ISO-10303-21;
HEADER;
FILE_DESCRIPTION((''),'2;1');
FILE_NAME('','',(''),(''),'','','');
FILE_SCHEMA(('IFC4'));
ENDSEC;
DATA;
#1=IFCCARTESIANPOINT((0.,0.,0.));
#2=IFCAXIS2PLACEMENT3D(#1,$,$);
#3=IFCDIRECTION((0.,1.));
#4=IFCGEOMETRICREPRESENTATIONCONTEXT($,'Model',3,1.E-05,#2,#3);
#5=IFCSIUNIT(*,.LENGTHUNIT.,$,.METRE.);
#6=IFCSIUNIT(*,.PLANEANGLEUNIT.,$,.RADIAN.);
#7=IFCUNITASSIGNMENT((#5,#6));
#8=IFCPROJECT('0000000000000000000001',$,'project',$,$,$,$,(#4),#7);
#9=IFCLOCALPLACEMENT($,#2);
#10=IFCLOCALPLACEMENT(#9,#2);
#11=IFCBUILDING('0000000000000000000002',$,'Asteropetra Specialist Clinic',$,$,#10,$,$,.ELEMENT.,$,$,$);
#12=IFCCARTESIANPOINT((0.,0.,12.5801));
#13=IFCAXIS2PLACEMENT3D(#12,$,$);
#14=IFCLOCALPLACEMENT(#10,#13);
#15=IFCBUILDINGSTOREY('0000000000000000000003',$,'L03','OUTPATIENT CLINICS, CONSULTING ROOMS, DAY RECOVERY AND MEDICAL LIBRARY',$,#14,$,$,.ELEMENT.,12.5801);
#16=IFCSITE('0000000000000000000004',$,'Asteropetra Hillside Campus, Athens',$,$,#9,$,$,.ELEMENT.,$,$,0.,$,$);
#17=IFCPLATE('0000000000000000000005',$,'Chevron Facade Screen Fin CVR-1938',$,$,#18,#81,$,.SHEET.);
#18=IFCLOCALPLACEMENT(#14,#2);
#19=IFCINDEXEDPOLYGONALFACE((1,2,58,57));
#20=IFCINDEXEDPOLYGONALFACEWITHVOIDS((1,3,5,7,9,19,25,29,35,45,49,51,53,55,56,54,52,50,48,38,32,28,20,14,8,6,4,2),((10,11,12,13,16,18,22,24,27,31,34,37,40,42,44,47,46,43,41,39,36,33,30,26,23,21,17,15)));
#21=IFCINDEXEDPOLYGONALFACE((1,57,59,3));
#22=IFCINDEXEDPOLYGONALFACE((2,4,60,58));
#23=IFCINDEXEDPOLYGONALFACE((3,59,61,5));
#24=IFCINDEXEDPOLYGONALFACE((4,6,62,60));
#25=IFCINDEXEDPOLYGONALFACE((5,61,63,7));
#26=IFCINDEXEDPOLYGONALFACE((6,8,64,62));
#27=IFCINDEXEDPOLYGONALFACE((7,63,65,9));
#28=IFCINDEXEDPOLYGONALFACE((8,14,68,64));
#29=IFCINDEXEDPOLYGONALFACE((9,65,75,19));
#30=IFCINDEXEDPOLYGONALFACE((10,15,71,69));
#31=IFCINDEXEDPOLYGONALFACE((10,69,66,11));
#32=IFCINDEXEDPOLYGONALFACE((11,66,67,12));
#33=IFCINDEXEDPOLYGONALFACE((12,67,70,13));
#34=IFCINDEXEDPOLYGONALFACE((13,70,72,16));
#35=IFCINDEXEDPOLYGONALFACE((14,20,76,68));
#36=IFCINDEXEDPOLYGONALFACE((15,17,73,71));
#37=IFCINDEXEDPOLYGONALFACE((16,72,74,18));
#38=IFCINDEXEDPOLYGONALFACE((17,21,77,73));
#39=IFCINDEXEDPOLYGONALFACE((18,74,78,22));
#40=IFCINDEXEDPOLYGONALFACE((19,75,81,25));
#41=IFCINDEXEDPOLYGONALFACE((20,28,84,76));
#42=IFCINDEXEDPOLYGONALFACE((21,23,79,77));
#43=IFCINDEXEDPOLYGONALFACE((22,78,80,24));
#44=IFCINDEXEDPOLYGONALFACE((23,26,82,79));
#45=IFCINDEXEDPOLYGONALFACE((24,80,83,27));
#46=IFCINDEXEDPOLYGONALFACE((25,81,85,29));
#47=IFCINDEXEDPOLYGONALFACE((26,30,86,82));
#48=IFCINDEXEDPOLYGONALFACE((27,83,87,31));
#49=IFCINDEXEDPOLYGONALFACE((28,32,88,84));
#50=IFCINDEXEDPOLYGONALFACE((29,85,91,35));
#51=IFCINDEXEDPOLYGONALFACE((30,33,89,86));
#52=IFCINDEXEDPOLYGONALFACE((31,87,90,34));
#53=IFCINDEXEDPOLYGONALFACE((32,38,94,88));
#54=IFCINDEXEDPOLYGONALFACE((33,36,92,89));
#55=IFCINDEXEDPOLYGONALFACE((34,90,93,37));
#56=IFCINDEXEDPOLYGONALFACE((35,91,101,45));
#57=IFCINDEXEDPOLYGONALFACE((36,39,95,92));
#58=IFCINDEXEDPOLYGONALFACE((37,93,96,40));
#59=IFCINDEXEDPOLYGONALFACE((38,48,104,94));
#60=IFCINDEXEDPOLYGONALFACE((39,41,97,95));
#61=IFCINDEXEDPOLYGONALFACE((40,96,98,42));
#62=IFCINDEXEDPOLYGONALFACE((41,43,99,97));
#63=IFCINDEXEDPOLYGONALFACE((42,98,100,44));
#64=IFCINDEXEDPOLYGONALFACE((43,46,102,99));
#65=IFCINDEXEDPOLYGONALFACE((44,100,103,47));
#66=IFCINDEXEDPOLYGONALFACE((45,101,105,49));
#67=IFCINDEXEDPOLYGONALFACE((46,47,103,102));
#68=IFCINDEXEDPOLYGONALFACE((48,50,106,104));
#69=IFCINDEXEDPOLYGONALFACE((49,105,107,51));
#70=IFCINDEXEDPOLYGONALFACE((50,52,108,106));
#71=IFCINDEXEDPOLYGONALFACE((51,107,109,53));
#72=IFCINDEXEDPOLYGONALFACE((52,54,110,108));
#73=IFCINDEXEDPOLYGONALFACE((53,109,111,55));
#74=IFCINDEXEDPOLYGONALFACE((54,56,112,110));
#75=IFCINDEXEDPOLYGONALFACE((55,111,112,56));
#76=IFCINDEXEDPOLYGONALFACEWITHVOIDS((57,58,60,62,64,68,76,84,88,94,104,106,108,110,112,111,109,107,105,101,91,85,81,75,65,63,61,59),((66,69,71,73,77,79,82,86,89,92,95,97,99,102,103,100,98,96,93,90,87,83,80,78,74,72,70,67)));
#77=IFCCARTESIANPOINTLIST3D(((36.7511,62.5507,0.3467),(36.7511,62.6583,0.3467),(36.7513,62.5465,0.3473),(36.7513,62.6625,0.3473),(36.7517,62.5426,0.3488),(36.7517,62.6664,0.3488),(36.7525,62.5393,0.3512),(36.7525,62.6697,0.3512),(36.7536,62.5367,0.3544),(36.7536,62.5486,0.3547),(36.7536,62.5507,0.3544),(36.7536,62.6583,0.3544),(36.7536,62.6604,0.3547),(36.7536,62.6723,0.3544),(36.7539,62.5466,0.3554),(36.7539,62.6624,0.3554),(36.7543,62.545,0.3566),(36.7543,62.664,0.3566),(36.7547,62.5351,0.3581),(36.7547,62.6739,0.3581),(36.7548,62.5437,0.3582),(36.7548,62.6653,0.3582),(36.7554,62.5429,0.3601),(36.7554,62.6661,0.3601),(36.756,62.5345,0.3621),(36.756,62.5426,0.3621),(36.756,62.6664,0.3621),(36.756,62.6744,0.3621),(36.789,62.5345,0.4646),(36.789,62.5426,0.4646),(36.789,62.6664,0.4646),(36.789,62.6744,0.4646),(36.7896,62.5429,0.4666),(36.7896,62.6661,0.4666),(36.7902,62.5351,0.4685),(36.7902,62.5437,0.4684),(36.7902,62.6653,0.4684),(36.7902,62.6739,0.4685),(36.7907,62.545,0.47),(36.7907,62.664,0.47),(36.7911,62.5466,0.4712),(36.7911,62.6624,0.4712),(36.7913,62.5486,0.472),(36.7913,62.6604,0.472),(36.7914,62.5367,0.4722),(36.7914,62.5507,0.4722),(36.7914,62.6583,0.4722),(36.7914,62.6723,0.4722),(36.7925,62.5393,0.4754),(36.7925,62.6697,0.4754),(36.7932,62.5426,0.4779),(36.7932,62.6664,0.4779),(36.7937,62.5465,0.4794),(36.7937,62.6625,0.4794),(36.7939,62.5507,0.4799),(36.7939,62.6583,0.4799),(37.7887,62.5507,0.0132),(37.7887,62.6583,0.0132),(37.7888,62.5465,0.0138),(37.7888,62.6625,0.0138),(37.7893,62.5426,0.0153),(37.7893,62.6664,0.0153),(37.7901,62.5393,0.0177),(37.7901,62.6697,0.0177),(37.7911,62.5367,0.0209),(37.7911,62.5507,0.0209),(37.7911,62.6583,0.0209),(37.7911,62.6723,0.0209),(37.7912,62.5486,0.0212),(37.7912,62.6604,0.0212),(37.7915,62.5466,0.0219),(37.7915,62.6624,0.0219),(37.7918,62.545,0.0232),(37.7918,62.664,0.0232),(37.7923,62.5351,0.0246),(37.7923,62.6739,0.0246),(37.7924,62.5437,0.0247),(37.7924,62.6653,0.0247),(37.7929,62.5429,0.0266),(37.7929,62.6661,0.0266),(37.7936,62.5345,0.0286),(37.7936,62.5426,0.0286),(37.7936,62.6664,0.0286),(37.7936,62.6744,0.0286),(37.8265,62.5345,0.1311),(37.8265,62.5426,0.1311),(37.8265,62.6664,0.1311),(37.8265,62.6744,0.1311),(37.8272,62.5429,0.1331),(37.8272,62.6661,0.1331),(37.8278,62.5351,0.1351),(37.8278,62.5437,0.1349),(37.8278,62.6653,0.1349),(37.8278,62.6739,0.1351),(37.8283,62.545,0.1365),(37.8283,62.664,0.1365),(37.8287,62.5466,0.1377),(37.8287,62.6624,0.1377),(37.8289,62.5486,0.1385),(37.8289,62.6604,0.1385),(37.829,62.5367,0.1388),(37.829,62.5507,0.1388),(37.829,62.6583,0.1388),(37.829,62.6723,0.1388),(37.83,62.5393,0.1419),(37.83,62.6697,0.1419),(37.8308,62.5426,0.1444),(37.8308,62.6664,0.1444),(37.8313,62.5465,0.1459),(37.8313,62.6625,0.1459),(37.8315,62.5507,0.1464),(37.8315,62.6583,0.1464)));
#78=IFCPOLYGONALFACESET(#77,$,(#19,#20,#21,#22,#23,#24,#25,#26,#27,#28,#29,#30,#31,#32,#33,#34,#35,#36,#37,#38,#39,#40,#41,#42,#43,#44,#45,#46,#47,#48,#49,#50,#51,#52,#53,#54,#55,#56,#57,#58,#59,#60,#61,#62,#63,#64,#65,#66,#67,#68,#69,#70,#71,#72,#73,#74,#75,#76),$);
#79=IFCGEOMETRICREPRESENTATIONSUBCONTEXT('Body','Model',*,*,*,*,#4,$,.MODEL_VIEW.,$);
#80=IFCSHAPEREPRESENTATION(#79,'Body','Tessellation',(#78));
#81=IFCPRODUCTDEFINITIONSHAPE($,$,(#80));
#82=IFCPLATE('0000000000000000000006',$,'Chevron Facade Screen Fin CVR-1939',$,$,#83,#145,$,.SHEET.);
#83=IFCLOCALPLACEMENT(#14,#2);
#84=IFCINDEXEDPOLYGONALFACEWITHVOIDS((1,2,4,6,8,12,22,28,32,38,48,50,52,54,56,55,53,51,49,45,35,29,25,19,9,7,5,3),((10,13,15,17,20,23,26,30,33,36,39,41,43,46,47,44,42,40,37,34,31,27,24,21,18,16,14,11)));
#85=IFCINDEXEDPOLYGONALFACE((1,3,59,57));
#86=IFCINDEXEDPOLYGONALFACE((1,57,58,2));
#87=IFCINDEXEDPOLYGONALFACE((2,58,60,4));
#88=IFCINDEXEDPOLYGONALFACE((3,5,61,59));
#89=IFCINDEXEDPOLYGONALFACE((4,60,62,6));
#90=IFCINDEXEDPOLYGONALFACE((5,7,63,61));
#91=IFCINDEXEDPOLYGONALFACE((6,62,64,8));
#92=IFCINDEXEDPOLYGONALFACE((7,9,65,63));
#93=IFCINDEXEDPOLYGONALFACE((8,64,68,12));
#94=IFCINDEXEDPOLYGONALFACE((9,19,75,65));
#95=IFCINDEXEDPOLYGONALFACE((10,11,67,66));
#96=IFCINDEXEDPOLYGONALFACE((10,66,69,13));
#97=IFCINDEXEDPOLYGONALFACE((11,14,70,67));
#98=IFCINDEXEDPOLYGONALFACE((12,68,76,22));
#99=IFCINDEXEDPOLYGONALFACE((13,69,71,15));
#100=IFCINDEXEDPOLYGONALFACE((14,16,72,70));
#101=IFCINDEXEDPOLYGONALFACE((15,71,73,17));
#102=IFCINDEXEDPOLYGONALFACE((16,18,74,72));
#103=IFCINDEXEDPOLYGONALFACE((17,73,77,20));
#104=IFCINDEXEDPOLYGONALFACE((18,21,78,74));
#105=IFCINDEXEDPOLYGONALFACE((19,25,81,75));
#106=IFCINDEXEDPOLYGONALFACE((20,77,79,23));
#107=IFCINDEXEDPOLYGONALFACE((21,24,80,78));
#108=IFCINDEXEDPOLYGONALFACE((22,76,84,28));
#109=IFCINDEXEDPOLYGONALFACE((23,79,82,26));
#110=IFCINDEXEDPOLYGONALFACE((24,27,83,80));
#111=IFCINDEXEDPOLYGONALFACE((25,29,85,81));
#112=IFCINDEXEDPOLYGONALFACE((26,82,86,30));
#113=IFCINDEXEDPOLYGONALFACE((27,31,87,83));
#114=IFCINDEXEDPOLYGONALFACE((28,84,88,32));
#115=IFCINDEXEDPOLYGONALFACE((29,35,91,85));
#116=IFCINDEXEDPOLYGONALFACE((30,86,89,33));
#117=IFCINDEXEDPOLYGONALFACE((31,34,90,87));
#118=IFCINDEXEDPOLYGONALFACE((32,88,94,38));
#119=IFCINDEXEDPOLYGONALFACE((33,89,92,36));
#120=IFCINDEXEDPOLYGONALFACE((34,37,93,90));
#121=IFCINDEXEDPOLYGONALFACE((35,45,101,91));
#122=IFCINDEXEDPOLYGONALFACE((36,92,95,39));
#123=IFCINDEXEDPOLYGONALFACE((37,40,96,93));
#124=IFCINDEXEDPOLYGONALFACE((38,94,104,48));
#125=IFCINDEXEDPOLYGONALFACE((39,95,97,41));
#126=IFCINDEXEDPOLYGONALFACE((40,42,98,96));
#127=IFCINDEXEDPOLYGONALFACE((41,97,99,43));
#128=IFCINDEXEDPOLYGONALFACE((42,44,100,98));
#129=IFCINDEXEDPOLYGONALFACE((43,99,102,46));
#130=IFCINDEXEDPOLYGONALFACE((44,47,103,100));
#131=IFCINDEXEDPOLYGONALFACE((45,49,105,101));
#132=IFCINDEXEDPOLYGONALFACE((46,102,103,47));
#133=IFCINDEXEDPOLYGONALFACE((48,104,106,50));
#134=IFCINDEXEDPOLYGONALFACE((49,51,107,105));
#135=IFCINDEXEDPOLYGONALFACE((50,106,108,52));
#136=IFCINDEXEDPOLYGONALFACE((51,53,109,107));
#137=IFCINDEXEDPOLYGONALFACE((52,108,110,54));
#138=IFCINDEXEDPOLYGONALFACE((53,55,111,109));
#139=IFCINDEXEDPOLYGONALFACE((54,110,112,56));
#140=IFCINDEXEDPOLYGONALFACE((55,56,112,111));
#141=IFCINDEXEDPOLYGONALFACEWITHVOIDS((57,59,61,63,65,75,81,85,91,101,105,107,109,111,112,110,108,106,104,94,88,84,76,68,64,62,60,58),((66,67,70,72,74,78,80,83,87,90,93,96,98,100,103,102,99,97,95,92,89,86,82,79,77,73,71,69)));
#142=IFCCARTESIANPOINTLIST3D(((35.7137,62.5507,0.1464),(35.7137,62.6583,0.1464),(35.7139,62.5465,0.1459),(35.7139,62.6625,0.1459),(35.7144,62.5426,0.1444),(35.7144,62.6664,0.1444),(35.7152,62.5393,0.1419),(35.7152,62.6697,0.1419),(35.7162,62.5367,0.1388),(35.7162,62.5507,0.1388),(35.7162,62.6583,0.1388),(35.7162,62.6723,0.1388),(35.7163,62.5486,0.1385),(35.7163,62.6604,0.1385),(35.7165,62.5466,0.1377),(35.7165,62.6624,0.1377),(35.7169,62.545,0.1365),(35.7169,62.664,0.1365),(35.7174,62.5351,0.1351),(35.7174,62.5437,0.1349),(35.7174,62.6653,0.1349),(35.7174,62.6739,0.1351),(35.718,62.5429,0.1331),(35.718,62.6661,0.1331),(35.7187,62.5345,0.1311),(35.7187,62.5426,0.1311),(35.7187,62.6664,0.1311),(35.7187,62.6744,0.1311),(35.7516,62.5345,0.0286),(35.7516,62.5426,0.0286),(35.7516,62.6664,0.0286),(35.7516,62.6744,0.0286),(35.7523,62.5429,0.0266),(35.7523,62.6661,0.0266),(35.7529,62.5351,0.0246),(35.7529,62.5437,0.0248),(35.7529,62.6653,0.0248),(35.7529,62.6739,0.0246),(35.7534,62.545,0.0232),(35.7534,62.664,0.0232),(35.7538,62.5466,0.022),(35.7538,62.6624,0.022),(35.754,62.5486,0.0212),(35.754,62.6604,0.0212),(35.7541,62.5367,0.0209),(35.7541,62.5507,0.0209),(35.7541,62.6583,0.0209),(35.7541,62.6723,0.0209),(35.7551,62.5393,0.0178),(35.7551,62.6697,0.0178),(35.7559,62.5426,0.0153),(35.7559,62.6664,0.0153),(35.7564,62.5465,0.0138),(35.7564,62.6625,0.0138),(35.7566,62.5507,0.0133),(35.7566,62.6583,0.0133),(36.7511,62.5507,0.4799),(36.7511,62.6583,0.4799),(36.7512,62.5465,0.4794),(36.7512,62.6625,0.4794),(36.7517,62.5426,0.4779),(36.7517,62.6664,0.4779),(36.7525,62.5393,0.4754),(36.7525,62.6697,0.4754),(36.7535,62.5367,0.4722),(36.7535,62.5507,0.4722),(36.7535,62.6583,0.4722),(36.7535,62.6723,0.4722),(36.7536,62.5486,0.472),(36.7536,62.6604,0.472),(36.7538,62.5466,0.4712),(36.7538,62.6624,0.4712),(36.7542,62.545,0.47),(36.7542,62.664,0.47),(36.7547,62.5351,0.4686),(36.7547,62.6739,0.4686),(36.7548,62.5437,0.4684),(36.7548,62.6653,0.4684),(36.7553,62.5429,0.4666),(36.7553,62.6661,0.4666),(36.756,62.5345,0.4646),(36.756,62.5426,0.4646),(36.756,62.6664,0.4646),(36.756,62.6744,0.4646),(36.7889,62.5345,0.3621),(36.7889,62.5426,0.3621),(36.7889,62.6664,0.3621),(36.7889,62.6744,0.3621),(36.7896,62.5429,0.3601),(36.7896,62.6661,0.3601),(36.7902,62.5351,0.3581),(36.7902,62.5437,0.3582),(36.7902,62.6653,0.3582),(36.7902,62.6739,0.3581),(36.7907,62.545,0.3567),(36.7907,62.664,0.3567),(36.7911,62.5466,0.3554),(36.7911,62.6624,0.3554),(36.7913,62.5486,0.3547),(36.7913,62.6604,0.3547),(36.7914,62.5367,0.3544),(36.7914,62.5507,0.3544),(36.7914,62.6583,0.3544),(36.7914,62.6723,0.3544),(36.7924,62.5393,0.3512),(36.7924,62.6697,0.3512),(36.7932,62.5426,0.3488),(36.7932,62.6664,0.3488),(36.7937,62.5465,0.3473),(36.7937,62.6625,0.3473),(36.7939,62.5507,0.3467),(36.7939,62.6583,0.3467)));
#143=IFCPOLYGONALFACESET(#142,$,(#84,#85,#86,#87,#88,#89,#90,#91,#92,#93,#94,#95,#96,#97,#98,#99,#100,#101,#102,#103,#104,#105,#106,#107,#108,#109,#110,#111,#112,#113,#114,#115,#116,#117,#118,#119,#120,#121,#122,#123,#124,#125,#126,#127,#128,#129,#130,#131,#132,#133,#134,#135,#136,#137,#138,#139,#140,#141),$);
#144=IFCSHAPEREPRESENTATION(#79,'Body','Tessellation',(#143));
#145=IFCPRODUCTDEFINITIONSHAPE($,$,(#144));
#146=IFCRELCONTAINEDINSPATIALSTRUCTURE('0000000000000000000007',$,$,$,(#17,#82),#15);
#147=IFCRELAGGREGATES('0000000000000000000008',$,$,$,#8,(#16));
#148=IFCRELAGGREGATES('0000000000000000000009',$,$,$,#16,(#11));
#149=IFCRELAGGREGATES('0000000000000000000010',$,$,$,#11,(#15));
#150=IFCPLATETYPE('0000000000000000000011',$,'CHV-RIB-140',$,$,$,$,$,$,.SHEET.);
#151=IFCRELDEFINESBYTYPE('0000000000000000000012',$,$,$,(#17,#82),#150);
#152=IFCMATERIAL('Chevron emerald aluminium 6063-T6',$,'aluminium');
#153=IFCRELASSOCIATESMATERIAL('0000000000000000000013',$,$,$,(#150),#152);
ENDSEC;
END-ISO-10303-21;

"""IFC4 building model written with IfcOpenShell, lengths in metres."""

from ifc_helpers import new_model, si_unit, direction, frame, origin, origin_2d, place, context, subcontext, project, spatial, hollow_rectangle, extrude, material, material_profile, profile_set, type_object, element, save


model = new_model("IFC4")

# Units and contexts
model_context = context("Model", 3, precision=1e-05, world=origin(), true_north=direction((0.0, 1.0)))
body_context = subcontext(model_context, "Body", "Model", "MODEL_VIEW")
ifc_project = project(units=[si_unit("LENGTHUNIT", "METRE"), si_unit("PLANEANGLEUNIT", "RADIAN")], contexts=[model_context])

# Site, building, storey
site_placement = place(None, origin())
site = spatial("IfcSite", under=ifc_project, at=site_placement, Name="Asteropetra Hillside Campus, Athens", CompositionType="ELEMENT", RefElevation=0.0)
building_placement = place(site_placement, origin())
building = spatial("IfcBuilding", under=site, at=building_placement, Name="Asteropetra Specialist Clinic", CompositionType="ELEMENT")
storey_placement = place(building_placement, frame((0.0, 0.0, 12.5801)))
storey = spatial("IfcBuildingStorey", under=building, at=storey_placement, Name="L03", Description="OUTPATIENT CLINICS, CONSULTING ROOMS, DAY RECOVERY AND MEDICAL LIBRARY", CompositionType="ELEMENT", Elevation=12.5801)

# Plates
ifc_material_1 = material(Name="Chevron emerald aluminium 6063-T6", Category="aluminium")
ifc_material_profile = material_profile(ifc_material_1, hollow_rectangle(XDim=0.1399, YDim=0.1399, WallThickness=0.0081, InnerFilletRadius=0.0081, OuterFilletRadius=0.0161, at=origin_2d()), Name="SHS 140x140x8.0")
ifc_profile_set = profile_set([ifc_material_profile], Name="Chevron emerald aluminium 6063-T6")
plate_type_1 = type_object("IfcPlateType", Name="CHV-RIB-140", PredefinedType="SHEET", material=ifc_profile_set)
plate_1_placement = place(storey_placement, frame((37.8101, 62.6045, 0.0798), z_axis=(-0.952033, 0.0, 0.305995), x_axis=(0.0, -1.0, 0.0)))
element("IfcPlate", 1, at=plate_1_placement, inside=storey, type_object=plate_type_1, Name="Chevron Facade Screen Fin CVR-1938", PredefinedType="SHEET", context=body_context, shape_type="SweptSolid", body=[
    extrude(hollow_rectangle(XDim=0.1399, YDim=0.1399, WallThickness=0.0081, InnerFilletRadius=0.0081, OuterFilletRadius=0.0161, at=origin_2d()), origin(), (0.0, 0.0, 1.0), 1.0898),
])
plate_2_placement = place(storey_placement, frame((36.7725, 62.6045, 0.4133), z_axis=(-0.952012, 0.0, -0.30606), x_axis=(0.0, -1.0, 0.0)))
element("IfcPlate", 2, at=plate_2_placement, inside=storey, type_object=plate_type_1, Name="Chevron Facade Screen Fin CVR-1939", PredefinedType="SHEET", context=body_context, shape_type="SweptSolid", body=[
    extrude(hollow_rectangle(XDim=0.1399, YDim=0.1399, WallThickness=0.0081, InnerFilletRadius=0.0081, OuterFilletRadius=0.0161, at=origin_2d()), origin(), (0.0, 0.0, 1.0), 1.0896),
])

save(model, "model.ifc")
